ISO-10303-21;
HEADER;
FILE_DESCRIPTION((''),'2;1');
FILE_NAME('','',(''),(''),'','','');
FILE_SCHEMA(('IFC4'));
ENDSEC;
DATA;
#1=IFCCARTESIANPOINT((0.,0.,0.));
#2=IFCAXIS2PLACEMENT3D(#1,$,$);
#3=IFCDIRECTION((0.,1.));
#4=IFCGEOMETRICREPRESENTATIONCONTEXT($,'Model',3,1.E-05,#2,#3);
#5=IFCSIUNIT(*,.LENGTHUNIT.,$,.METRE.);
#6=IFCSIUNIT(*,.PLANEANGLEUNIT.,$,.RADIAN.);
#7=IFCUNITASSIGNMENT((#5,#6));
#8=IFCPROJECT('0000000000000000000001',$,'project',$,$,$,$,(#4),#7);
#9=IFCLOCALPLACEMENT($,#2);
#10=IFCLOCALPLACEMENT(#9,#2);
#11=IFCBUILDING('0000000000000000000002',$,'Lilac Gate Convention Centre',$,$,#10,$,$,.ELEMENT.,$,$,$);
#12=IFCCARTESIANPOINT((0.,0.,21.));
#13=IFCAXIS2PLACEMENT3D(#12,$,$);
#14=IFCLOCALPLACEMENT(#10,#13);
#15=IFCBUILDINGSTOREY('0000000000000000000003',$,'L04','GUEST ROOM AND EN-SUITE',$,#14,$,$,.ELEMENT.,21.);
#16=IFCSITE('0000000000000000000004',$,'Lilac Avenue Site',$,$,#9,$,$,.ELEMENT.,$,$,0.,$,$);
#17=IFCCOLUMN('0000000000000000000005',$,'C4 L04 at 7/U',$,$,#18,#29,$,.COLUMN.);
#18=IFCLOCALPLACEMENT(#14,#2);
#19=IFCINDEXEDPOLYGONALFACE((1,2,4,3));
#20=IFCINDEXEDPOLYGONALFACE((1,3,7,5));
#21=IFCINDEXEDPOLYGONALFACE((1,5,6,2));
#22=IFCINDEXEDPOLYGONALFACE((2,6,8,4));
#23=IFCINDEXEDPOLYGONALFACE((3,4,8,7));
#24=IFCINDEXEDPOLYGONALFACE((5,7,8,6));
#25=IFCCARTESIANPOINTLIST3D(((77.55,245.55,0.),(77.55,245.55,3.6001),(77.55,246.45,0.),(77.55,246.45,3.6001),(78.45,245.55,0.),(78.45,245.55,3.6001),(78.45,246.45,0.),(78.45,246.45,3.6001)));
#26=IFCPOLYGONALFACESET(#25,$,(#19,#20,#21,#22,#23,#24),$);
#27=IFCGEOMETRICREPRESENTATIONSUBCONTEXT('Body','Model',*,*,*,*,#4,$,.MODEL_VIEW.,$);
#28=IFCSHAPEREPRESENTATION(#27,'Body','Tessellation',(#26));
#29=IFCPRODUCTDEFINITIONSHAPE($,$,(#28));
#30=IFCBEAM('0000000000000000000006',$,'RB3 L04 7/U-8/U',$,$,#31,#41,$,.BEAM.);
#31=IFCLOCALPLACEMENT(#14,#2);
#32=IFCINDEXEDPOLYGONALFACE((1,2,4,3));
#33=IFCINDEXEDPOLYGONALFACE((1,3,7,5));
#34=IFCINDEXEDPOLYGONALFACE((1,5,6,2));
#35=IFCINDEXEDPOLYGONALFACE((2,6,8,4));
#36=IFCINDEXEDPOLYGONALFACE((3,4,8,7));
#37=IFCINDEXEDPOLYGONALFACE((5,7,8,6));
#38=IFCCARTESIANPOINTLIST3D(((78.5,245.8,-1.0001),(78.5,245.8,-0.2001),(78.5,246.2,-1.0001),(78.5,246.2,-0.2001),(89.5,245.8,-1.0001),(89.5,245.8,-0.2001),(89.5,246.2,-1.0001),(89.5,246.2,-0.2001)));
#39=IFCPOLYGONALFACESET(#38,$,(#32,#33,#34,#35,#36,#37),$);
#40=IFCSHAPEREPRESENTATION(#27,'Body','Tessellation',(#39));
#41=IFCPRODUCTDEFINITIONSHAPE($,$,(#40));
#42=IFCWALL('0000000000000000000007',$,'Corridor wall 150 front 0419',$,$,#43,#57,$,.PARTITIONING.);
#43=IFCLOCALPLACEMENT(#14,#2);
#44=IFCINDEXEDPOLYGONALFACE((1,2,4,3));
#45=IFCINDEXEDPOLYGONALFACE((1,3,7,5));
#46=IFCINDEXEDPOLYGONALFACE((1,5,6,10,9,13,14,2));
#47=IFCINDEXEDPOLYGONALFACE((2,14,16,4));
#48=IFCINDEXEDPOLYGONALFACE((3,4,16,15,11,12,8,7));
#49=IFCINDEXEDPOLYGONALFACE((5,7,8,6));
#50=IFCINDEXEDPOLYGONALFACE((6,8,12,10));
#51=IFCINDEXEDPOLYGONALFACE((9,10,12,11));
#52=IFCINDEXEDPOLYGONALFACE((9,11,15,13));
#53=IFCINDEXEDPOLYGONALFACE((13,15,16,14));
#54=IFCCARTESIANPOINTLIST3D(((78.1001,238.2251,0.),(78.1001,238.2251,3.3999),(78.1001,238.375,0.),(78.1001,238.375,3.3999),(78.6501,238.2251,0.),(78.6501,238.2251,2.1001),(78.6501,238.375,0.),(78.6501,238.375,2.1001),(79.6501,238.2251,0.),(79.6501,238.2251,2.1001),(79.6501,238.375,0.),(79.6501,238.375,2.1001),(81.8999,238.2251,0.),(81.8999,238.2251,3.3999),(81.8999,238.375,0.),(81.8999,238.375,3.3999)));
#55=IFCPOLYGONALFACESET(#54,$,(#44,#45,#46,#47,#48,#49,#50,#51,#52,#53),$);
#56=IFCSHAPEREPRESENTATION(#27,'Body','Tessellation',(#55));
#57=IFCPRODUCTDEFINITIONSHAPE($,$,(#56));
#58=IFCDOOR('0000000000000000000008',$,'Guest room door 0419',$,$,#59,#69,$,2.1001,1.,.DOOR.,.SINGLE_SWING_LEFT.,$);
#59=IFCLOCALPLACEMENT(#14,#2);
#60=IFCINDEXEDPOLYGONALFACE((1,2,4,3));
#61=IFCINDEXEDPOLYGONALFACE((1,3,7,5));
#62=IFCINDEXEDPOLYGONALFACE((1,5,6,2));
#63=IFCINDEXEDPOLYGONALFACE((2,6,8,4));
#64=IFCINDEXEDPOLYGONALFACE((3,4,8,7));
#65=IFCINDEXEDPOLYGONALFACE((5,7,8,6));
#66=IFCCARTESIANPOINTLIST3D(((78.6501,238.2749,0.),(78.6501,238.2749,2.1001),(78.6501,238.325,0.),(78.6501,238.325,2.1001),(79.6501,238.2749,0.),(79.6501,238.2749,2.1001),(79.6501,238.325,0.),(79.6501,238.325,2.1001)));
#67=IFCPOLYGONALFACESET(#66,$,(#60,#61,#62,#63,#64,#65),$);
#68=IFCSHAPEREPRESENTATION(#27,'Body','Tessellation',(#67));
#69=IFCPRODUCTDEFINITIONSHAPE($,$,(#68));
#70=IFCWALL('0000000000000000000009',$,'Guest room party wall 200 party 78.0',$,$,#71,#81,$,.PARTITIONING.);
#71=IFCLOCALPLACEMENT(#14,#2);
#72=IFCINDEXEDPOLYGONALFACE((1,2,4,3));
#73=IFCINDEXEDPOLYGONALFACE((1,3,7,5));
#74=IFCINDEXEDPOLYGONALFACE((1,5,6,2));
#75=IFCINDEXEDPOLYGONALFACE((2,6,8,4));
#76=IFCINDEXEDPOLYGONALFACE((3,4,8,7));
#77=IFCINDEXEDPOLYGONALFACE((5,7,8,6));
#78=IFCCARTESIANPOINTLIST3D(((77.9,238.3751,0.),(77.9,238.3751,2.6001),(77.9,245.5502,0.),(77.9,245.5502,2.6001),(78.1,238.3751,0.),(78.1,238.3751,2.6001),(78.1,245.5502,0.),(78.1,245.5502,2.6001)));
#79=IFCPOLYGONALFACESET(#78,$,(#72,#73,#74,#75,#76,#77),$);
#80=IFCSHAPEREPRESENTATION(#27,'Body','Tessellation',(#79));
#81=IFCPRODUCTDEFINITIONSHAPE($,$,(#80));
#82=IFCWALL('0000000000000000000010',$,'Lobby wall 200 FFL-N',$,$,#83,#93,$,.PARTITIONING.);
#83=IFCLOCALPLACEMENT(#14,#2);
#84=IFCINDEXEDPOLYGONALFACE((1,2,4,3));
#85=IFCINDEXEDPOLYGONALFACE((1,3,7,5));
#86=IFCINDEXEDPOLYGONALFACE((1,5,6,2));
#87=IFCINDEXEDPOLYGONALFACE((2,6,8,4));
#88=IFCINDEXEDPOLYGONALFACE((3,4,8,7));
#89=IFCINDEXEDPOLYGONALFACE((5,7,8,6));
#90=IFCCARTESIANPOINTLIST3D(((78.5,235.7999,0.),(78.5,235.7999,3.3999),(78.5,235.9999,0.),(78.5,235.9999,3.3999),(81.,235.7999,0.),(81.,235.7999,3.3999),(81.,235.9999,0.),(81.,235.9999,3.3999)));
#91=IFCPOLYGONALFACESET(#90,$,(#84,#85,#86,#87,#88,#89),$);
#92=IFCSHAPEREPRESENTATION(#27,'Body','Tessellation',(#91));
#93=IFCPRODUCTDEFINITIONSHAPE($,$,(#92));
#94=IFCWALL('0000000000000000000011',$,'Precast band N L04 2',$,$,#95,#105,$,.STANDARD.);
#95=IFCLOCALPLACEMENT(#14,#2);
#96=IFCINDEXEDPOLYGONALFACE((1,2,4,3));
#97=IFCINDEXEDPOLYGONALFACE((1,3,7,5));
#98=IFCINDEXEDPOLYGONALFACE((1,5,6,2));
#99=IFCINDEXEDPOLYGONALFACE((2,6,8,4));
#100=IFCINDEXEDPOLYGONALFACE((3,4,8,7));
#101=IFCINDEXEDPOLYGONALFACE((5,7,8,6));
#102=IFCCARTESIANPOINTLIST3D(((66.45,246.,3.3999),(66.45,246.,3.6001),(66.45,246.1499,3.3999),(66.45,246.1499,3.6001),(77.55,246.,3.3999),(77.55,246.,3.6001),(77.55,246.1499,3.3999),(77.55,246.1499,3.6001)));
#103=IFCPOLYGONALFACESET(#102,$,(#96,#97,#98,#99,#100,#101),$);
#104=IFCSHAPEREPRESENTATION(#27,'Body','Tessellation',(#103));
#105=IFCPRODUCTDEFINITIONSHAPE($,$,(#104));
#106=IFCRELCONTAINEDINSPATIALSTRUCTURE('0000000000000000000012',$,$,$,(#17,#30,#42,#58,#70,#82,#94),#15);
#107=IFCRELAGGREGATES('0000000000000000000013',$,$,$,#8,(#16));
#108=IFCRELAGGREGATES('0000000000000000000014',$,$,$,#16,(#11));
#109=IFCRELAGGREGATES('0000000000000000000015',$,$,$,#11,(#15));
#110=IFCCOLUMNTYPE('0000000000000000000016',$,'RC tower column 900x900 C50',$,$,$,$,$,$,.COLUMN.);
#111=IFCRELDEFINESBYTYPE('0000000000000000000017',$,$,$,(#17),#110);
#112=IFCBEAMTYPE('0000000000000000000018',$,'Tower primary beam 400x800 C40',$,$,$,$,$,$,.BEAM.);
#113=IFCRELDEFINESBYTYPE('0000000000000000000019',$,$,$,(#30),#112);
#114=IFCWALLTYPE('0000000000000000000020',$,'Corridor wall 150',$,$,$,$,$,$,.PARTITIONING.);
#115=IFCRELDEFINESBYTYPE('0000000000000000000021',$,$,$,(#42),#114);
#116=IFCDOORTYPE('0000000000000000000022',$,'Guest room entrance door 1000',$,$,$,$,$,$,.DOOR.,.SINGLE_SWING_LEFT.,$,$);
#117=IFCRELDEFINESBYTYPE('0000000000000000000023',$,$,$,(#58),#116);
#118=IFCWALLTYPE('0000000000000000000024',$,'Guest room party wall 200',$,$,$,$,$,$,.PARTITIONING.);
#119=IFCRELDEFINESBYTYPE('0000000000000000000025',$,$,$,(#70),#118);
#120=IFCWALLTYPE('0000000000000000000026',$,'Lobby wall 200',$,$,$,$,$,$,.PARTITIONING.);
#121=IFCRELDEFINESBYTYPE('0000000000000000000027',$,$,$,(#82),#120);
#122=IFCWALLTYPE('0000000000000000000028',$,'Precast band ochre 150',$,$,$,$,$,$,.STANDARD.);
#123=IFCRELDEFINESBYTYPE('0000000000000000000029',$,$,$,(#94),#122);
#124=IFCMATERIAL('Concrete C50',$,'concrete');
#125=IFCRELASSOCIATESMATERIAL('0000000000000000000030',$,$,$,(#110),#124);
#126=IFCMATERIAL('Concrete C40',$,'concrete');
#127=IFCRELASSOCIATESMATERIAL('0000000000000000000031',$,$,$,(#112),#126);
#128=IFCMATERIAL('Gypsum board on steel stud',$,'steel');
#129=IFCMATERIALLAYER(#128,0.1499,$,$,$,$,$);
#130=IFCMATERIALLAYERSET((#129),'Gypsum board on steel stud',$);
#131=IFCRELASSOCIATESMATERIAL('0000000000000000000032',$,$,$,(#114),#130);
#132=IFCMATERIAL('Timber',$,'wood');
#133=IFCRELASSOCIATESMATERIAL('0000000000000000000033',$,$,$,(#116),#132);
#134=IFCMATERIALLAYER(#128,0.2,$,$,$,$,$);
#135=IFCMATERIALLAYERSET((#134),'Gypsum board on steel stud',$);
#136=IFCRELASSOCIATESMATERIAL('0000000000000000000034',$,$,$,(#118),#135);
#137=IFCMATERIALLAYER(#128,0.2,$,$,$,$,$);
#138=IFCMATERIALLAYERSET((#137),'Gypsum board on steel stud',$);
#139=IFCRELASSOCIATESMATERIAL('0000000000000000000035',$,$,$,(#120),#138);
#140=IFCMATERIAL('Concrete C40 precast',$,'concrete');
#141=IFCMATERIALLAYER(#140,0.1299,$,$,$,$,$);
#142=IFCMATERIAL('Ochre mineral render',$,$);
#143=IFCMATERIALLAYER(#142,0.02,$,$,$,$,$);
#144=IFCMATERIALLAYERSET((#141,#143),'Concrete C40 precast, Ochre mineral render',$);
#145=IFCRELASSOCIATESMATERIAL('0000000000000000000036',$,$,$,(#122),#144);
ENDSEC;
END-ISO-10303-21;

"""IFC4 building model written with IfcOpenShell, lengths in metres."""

from ifc_helpers import new_model, si_unit, direction, frame, frame_2d, origin, origin_2d, place, context, subcontext, project, spatial, rectangle, extrude, material, layer, layer_set, material_profile, profile_set, type_object, element, fill, save


model = new_model("IFC4")

# Units and contexts
model_context = context("Model", 3, precision=1e-05, world=origin(), true_north=direction((0.0, 1.0)))
body_context = subcontext(model_context, "Body", "Model", "MODEL_VIEW")
ifc_project = project(units=[si_unit("LENGTHUNIT", "METRE"), si_unit("PLANEANGLEUNIT", "RADIAN")], contexts=[model_context])

# Site, building, storey
site_placement = place(None, origin())
site = spatial("IfcSite", under=ifc_project, at=site_placement, Name="Lilac Avenue Site", CompositionType="ELEMENT", RefElevation=0.0)
building_placement = place(site_placement, origin())
building = spatial("IfcBuilding", under=site, at=building_placement, Name="Lilac Gate Convention Centre", CompositionType="ELEMENT")
storey_placement = place(building_placement, frame((0.0, 0.0, 21.0)))
storey = spatial("IfcBuildingStorey", under=building, at=storey_placement, Name="L04", Description="GUEST ROOM AND EN-SUITE", CompositionType="ELEMENT", Elevation=21.0)

# Column
ifc_material_1 = material(Name="Concrete C50", Category="concrete")
ifc_material_profile_1 = material_profile(ifc_material_1, rectangle(XDim=0.8999, YDim=0.8999, at=origin_2d()), Name="RC 900x900")
ifc_profile_set_1 = profile_set([ifc_material_profile_1], Name="Concrete C50")
column_type = type_object("IfcColumnType", Name="RC tower column 900x900 C50", PredefinedType="COLUMN", material=ifc_profile_set_1)
column_placement = place(storey_placement, frame((78.0, 246.0, 0.0), z_axis=(0.0, 0.0, 1.0), x_axis=(1.0, 0.0, 0.0)))
element("IfcColumn", 1, at=column_placement, inside=storey, type_object=column_type, Name="C4 L04 at 7/U", PredefinedType="COLUMN", context=body_context, shape_type="SweptSolid", body=[
    extrude(rectangle(XDim=0.8999, YDim=0.8999, at=origin_2d()), origin(), (0.0, 0.0, 1.0), 3.6001),
])

# Beam
ifc_material_2 = material(Name="Concrete C40", Category="concrete")
ifc_material_profile_2 = material_profile(ifc_material_2, rectangle(XDim=0.3999, YDim=0.8, at=origin_2d()), Name="RC 400x800")
ifc_profile_set_2 = profile_set([ifc_material_profile_2], Name="Concrete C40")
beam_type = type_object("IfcBeamType", Name="Tower primary beam 400x800 C40", PredefinedType="BEAM", material=ifc_profile_set_2)
beam_placement = place(storey_placement, frame((78.5, 246.0, -0.6001), z_axis=(1.0, 0.0, 0.0), x_axis=(0.0, 1.0, 0.0)))
element("IfcBeam", 2, at=beam_placement, inside=storey, type_object=beam_type, Name="RB3 L04 7/U-8/U", PredefinedType="BEAM", context=body_context, shape_type="SweptSolid", body=[
    extrude(rectangle(XDim=0.3999, YDim=0.8, at=origin_2d()), origin(), (0.0, 0.0, 1.0), 11.0),
])

# Wall, opening, door
ifc_material_3 = material(Name="Gypsum board on steel stud", Category="steel")
ifc_layer_1 = layer(ifc_material_3, 0.1499)
ifc_layer_set_1 = layer_set([ifc_layer_1], Name="Gypsum board on steel stud")
wall_type_1 = type_object("IfcWallType", Name="Corridor wall 150", PredefinedType="PARTITIONING", material=ifc_layer_set_1)
wall_1_placement = place(storey_placement, frame((78.1001, 238.3, 0.0), z_axis=(0.0, 0.0, 1.0), x_axis=(1.0, 0.0, 0.0)))
wall_1 = element("IfcWall", 3, at=wall_1_placement, inside=storey, type_object=wall_type_1, Name="Corridor wall 150 front 0419", PredefinedType="PARTITIONING", context=body_context, shape_type="SweptSolid", body=[
    extrude(rectangle(XDim=3.7998, YDim=0.1499, at=frame_2d((1.8999, 0.0))), origin(), (0.0, 0.0, 1.0), 3.3999),
])
opening_1_placement = place(wall_1_placement, frame((0.55, 0.0, 0.0)))
opening_1 = element("IfcOpeningElement", 4, at=opening_1_placement, cuts=wall_1, PredefinedType="OPENING", context=body_context, shape_type="SweptSolid", body=[
    extrude(rectangle(XDim=1.0, YDim=2.1001, at=frame_2d((0.5, 1.05))), frame((0.0, 0.085, 0.0), z_axis=(0.0, -1.0, 0.0), x_axis=(1.0, 0.0, 0.0)), (0.0, 0.0, 1.0), 0.1699),
])
ifc_material_4 = material(Name="Timber", Category="wood")
door_type_1 = type_object("IfcDoorType", Name="Guest room entrance door 1000", OperationType="SINGLE_SWING_LEFT", PredefinedType="DOOR", material=ifc_material_4)
door_1_placement = place(opening_1_placement, origin())
door_1 = element("IfcDoor", 5, at=door_1_placement, inside=storey, type_object=door_type_1, Name="Guest room door 0419", OperationType="SINGLE_SWING_LEFT", OverallHeight=2.1001, OverallWidth=1.0, PredefinedType="DOOR", context=body_context, shape_type="SweptSolid", body=[
    extrude(rectangle(XDim=1.0, YDim=2.1001, at=frame_2d((0.5, 1.05))), frame((0.0, 0.0249, 0.0), z_axis=(0.0, -1.0, 0.0), x_axis=(1.0, 0.0, 0.0)), (0.0, 0.0, 1.0), 0.05),
])
fill(opening_1, door_1)

# Walls
ifc_layer_2 = layer(ifc_material_3, 0.2)
ifc_layer_set_2 = layer_set([ifc_layer_2], Name="Gypsum board on steel stud")
wall_type_2 = type_object("IfcWallType", Name="Guest room party wall 200", PredefinedType="PARTITIONING", material=ifc_layer_set_2)
wall_2_placement = place(storey_placement, frame((78.0, 245.55, 0.0), z_axis=(0.0, 0.0, 1.0), x_axis=(0.0, -1.0, 0.0)))
element("IfcWall", 6, at=wall_2_placement, inside=storey, type_object=wall_type_2, Name="Guest room party wall 200 party 78.0", PredefinedType="PARTITIONING", context=body_context, shape_type="SweptSolid", body=[
    extrude(rectangle(XDim=7.175, YDim=0.2, at=frame_2d((3.5874, 0.0))), origin(), (0.0, 0.0, 1.0), 2.6001),
])
ifc_layer_3 = layer(ifc_material_3, 0.2)
ifc_layer_set_3 = layer_set([ifc_layer_3], Name="Gypsum board on steel stud")
wall_type_3 = type_object("IfcWallType", Name="Lobby wall 200", PredefinedType="PARTITIONING", material=ifc_layer_set_3)
wall_3_placement = place(storey_placement, frame((78.5, 235.8999, 0.0), z_axis=(0.0, 0.0, 1.0), x_axis=(1.0, 0.0, 0.0)))
element("IfcWall", 7, at=wall_3_placement, inside=storey, type_object=wall_type_3, Name="Lobby wall 200 FFL-N", PredefinedType="PARTITIONING", context=body_context, shape_type="SweptSolid", body=[
    extrude(rectangle(XDim=2.5, YDim=0.2, at=frame_2d((1.25, 0.0))), origin(), (0.0, 0.0, 1.0), 3.3999),
])
ifc_material_5 = material(Name="Concrete C40 precast", Category="concrete")
ifc_layer_4 = layer(ifc_material_5, 0.1299)
ifc_material_6 = material(Name="Ochre mineral render")
ifc_layer_5 = layer(ifc_material_6, 0.02)
ifc_layer_set_4 = layer_set([ifc_layer_4, ifc_layer_5], Name="Concrete C40 precast, Ochre mineral render")
wall_type_4 = type_object("IfcWallType", Name="Precast band ochre 150", PredefinedType="STANDARD", material=ifc_layer_set_4)
wall_4_placement = place(storey_placement, frame((77.55, 246.075, 3.3999), z_axis=(0.0, 0.0, 1.0), x_axis=(-1.0, 0.0, 0.0)))
element("IfcWall", 8, at=wall_4_placement, inside=storey, type_object=wall_type_4, Name="Precast band N L04 2", PredefinedType="STANDARD", context=body_context, shape_type="SweptSolid", body=[
    extrude(rectangle(XDim=11.1001, YDim=0.1499, at=frame_2d((5.55, 0.0))), origin(), (0.0, 0.0, 1.0), 0.2002),
])

save(model, "model.ifc")
